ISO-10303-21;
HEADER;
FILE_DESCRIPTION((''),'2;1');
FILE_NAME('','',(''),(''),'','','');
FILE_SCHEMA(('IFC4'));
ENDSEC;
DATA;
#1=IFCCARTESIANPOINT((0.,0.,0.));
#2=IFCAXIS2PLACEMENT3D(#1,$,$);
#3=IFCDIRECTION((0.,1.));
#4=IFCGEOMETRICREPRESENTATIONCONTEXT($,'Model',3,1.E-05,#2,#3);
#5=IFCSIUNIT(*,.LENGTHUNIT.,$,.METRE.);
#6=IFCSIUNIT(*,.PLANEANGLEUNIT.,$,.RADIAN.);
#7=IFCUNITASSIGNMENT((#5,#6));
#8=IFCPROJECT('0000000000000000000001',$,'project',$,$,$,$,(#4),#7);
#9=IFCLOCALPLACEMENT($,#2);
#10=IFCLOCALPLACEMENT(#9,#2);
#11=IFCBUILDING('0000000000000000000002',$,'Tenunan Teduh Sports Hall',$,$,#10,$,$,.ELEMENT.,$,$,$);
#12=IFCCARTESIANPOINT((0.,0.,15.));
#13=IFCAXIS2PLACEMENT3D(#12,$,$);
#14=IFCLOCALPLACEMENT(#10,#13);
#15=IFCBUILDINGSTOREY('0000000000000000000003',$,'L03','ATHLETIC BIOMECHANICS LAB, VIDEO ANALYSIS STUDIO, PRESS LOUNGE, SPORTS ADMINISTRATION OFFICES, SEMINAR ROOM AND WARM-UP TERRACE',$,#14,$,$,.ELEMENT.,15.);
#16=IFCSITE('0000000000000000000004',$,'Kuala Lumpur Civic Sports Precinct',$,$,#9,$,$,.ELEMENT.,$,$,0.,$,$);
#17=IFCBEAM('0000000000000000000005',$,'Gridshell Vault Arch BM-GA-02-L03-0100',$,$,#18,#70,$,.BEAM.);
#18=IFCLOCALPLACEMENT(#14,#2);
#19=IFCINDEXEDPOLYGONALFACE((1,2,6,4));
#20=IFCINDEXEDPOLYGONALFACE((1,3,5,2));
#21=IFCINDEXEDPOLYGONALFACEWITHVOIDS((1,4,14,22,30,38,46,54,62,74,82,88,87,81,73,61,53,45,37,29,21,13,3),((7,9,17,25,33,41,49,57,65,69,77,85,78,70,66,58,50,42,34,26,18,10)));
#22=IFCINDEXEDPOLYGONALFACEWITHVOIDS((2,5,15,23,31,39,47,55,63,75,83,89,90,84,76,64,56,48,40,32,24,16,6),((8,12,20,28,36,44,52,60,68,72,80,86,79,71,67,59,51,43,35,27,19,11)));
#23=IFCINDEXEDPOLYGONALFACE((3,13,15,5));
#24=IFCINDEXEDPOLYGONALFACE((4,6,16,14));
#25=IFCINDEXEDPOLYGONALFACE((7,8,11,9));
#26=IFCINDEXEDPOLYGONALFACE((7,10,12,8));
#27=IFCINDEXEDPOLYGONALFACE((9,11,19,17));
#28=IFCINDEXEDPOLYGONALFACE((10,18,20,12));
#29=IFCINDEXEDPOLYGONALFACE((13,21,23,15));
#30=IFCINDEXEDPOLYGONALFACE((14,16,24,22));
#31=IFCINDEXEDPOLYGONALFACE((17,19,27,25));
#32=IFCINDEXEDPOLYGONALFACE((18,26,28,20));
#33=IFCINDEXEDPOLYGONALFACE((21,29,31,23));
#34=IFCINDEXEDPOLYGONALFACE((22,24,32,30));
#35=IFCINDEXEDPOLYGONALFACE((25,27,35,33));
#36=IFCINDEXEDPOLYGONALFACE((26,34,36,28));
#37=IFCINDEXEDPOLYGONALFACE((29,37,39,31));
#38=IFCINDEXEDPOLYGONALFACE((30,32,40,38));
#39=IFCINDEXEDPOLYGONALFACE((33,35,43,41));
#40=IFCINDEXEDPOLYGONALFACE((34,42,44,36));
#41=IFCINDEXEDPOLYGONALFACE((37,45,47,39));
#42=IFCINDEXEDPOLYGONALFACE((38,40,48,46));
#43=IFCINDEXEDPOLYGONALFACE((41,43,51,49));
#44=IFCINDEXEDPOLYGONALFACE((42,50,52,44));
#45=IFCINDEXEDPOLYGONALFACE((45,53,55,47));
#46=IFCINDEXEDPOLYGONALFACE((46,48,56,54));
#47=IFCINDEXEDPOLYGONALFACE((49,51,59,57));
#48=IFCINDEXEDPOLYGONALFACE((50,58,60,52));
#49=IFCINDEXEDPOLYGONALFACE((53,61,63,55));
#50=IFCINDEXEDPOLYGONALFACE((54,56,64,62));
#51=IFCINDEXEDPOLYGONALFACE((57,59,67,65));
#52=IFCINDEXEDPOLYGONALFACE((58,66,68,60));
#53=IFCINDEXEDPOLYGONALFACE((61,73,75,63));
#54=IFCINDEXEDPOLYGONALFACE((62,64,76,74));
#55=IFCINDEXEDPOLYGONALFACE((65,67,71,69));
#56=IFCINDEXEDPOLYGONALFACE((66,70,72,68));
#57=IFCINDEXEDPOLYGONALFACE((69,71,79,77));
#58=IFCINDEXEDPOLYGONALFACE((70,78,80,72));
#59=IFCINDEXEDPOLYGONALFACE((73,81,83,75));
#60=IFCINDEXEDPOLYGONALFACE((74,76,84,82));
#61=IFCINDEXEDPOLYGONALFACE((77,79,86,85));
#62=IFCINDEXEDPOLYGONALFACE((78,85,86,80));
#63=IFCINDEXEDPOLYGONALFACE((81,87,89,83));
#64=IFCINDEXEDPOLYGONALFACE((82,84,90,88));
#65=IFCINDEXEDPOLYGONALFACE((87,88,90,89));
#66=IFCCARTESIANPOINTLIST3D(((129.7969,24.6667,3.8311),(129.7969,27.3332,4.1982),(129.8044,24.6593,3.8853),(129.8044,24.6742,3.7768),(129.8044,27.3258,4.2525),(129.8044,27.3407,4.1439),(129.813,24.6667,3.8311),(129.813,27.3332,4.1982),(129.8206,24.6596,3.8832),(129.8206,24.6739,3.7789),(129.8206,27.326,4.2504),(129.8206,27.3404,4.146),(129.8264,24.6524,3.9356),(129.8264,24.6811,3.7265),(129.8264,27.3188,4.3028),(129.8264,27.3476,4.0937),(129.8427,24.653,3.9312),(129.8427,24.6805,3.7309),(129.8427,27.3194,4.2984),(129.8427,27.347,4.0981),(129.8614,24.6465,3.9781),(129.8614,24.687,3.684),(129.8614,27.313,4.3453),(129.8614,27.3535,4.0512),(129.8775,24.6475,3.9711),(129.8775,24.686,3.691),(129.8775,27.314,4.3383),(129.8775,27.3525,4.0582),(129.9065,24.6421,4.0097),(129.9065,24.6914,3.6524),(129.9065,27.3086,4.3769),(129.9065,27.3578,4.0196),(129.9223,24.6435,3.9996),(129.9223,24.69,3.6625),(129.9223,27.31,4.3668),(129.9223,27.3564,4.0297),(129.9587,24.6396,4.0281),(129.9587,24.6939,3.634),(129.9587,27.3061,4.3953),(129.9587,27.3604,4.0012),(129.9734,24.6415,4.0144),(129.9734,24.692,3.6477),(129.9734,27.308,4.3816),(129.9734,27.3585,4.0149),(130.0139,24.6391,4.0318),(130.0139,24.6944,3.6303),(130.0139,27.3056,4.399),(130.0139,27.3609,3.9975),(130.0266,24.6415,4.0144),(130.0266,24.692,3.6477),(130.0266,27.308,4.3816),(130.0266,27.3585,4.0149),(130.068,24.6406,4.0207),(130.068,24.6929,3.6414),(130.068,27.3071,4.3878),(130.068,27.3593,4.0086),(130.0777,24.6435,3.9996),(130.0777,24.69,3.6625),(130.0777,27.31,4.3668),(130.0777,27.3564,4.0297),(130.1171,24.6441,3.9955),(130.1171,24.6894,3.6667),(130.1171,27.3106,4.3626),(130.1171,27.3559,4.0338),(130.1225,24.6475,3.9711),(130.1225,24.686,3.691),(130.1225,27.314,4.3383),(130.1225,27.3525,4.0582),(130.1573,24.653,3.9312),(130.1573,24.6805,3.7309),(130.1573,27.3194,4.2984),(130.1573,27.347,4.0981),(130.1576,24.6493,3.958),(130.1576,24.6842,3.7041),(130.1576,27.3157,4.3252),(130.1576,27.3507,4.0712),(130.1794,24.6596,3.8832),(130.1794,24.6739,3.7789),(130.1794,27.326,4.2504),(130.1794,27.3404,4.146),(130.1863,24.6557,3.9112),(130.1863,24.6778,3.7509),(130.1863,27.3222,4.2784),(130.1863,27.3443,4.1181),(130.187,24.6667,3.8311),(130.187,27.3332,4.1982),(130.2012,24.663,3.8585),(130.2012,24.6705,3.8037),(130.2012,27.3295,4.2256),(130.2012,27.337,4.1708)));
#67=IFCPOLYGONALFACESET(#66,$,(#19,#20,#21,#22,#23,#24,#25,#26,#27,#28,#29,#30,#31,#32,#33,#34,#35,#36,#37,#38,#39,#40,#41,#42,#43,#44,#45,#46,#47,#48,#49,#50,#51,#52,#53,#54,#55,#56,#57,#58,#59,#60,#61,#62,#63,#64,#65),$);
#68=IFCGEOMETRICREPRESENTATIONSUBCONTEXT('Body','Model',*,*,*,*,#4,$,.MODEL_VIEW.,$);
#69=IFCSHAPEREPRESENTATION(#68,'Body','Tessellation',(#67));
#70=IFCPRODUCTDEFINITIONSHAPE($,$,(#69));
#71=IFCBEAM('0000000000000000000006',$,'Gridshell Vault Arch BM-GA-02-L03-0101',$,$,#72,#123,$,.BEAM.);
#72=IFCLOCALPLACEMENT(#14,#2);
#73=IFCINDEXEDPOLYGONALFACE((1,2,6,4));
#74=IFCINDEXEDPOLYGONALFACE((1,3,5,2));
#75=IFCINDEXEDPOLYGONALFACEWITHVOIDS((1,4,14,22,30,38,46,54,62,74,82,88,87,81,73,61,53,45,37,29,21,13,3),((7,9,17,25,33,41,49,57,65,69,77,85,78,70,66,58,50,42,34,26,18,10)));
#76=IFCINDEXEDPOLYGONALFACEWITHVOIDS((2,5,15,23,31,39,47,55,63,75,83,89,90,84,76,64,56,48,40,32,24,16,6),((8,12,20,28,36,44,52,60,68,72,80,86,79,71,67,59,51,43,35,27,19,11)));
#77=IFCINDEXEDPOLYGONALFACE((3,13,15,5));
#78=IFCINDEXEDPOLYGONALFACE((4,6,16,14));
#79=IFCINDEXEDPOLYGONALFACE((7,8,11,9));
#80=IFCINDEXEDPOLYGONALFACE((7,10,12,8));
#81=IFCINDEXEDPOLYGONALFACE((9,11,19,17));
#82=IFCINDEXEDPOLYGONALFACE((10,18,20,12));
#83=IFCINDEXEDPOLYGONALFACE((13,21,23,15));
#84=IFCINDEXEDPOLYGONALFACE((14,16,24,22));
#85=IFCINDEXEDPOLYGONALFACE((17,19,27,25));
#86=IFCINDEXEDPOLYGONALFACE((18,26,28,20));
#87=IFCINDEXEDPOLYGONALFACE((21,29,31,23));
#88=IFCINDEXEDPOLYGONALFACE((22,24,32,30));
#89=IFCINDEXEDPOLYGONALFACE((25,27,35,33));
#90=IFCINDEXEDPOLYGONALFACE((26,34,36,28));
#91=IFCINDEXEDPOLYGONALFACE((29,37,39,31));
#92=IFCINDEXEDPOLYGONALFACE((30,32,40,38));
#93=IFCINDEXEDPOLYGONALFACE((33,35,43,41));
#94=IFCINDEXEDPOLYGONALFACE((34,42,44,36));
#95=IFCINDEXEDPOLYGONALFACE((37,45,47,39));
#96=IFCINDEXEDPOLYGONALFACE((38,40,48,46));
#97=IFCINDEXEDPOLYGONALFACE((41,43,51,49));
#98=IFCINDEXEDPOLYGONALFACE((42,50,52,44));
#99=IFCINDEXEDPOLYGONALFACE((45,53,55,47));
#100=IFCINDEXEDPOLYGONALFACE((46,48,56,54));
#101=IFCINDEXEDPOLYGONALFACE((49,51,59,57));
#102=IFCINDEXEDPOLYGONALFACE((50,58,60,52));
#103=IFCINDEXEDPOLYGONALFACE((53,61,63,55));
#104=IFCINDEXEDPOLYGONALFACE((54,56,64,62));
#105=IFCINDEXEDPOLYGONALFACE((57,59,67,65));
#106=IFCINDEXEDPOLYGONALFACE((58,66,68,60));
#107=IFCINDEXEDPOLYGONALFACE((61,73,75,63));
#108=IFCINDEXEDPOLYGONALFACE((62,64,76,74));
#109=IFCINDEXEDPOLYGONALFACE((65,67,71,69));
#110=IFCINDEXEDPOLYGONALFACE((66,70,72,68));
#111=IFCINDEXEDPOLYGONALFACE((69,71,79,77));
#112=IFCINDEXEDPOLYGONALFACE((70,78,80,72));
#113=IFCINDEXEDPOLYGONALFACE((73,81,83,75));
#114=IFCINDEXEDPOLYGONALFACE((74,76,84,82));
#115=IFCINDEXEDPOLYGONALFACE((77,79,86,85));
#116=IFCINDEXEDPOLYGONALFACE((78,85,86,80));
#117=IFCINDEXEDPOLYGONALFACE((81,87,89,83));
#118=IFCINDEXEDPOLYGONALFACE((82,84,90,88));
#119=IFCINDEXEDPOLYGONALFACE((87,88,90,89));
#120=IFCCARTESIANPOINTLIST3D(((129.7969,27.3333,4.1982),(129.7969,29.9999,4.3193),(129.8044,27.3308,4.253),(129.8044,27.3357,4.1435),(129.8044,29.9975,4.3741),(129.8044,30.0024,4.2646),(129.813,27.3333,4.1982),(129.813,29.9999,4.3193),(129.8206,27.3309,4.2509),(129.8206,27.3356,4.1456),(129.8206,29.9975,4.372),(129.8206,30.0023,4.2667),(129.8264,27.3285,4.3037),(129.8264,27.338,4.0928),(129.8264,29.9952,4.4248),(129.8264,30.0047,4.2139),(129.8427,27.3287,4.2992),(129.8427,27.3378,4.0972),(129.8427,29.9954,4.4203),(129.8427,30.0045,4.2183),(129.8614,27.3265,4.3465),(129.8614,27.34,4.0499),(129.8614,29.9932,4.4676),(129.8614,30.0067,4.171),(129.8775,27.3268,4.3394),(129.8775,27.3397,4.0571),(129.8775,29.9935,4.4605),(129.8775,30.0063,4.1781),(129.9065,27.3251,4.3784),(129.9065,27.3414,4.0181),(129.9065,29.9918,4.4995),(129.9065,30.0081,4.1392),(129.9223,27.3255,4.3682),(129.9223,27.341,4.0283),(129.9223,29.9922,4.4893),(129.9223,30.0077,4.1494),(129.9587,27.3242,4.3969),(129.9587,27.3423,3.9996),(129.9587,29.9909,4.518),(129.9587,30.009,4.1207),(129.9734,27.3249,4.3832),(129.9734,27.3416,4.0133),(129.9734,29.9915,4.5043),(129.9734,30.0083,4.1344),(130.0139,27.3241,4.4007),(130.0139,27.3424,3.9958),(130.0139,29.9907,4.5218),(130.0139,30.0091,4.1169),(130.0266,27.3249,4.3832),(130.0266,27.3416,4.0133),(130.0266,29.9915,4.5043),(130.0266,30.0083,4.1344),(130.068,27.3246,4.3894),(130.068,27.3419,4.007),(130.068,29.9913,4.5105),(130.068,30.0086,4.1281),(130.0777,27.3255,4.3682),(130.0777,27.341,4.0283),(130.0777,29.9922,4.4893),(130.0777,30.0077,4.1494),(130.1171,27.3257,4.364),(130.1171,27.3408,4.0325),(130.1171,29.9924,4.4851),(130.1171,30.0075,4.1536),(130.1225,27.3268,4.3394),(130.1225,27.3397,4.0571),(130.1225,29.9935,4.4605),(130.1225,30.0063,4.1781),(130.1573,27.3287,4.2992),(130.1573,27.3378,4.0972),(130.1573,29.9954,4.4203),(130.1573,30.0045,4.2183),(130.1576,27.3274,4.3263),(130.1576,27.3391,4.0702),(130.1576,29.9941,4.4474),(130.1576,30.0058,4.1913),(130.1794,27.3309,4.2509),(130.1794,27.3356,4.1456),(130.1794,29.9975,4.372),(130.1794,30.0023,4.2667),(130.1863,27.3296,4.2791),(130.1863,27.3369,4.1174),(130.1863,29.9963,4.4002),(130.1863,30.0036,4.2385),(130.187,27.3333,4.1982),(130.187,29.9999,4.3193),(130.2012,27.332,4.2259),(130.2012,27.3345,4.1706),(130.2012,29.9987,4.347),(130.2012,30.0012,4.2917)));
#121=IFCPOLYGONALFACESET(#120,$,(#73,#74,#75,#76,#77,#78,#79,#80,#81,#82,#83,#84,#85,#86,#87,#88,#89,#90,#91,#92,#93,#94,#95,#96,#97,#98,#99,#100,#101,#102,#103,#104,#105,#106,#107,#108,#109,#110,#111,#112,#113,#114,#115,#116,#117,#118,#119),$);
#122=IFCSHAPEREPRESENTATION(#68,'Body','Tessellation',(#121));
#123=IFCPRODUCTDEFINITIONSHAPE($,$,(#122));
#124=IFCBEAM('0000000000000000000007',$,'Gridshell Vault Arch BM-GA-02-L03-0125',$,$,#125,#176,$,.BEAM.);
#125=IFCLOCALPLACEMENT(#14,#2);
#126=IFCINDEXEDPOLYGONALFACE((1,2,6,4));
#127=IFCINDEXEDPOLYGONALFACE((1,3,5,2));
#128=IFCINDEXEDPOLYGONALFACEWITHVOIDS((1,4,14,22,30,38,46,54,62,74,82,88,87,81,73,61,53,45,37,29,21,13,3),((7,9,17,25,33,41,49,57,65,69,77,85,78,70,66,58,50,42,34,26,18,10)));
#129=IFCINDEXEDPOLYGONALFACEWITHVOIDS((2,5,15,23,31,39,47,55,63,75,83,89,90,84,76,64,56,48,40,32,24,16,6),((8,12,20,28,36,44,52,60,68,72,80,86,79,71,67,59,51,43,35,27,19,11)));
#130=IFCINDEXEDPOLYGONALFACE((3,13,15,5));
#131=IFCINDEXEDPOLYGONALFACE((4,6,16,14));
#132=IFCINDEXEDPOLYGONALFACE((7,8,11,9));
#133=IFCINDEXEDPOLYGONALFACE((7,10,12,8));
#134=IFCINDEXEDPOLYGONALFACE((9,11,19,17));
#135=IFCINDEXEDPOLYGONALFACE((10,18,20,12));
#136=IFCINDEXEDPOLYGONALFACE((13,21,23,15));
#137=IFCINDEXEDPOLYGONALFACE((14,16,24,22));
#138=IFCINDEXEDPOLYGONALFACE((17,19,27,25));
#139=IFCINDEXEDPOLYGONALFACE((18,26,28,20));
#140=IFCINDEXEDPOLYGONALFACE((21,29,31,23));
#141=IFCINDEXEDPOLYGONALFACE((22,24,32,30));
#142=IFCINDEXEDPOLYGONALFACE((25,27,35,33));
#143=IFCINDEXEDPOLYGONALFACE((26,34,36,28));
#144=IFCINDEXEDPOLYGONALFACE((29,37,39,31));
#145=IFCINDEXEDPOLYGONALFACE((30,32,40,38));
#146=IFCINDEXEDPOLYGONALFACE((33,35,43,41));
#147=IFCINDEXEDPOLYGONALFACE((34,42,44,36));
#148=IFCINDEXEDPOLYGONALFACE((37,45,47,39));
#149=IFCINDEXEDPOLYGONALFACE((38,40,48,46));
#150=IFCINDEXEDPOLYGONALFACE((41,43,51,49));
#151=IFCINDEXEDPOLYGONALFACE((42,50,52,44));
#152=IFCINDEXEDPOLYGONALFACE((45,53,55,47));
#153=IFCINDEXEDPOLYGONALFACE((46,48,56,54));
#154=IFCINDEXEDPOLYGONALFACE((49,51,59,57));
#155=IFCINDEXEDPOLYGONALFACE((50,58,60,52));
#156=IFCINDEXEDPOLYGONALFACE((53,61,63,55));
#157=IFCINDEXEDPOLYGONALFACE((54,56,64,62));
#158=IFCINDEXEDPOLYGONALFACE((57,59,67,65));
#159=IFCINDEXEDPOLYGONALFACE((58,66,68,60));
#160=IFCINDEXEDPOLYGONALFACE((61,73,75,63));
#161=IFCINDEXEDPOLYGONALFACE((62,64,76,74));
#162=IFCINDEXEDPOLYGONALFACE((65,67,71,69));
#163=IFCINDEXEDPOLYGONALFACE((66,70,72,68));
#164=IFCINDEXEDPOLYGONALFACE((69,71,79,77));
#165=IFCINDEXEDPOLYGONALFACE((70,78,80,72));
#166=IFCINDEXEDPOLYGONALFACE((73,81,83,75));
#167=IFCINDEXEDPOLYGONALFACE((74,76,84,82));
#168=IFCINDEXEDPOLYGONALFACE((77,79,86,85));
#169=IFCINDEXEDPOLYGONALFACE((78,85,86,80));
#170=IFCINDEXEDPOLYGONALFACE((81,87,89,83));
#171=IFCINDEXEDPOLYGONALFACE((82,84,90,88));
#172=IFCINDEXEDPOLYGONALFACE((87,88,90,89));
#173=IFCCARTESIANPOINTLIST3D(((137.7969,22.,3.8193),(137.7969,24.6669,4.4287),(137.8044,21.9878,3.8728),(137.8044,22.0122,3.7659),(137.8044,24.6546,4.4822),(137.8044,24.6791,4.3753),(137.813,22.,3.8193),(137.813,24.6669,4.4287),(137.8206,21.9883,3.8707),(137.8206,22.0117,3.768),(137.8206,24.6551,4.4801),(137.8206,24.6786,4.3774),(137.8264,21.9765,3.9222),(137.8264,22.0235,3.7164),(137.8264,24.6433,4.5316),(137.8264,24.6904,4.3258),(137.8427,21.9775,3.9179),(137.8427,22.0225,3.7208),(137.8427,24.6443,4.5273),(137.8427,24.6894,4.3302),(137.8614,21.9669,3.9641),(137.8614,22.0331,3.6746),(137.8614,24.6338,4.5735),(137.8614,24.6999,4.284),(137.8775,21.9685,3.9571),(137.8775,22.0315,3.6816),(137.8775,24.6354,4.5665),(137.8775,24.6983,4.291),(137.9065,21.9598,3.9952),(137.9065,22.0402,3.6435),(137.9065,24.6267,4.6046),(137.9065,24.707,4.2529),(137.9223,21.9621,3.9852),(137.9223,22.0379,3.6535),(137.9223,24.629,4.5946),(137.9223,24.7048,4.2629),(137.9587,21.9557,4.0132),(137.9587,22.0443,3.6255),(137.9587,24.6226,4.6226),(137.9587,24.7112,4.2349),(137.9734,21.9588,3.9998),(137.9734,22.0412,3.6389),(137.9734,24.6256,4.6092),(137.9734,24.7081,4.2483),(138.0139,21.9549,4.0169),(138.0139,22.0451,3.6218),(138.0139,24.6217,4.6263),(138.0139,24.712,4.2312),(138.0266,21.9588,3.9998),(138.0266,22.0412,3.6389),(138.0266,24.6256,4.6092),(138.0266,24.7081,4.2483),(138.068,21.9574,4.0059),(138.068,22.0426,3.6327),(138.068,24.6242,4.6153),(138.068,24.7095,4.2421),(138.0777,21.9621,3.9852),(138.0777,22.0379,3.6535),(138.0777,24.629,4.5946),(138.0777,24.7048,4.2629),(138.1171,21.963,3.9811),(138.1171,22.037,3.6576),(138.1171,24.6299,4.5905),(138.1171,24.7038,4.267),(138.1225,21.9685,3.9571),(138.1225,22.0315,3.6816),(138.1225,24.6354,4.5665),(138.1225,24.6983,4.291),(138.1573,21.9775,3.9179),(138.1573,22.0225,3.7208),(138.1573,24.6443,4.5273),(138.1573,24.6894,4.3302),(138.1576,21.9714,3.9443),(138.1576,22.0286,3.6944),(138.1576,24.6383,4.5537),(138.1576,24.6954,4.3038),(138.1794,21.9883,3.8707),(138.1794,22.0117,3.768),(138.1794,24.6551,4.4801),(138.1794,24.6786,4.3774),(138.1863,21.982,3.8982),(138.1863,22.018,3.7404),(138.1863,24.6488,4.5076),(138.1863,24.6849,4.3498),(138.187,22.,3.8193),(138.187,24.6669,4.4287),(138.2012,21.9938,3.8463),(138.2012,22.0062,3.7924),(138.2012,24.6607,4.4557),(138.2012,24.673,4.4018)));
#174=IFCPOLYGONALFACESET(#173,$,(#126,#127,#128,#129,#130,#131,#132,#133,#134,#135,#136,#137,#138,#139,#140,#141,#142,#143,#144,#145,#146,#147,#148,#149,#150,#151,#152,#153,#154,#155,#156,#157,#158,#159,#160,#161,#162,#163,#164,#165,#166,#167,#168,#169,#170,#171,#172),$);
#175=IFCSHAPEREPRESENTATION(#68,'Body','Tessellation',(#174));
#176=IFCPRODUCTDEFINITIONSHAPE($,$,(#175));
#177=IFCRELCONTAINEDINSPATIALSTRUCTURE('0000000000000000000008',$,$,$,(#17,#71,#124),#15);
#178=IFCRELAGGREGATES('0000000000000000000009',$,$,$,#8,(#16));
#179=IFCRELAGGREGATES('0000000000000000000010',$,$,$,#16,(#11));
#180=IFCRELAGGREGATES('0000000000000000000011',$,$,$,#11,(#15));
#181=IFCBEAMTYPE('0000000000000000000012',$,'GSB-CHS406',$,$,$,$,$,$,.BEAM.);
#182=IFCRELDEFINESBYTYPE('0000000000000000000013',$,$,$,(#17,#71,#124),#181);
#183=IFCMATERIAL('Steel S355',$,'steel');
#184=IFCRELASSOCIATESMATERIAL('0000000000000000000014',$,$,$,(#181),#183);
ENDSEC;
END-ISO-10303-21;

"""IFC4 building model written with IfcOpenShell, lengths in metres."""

from ifc_helpers import new_model, si_unit, direction, frame, origin, origin_2d, place, context, subcontext, project, spatial, hollow_circle, extrude, material, material_profile, profile_set, type_object, element, save


model = new_model("IFC4")

# Units and contexts
model_context = context("Model", 3, precision=1e-05, world=origin(), true_north=direction((0.0, 1.0)))
body_context = subcontext(model_context, "Body", "Model", "MODEL_VIEW")
ifc_project = project(units=[si_unit("LENGTHUNIT", "METRE"), si_unit("PLANEANGLEUNIT", "RADIAN")], contexts=[model_context])

# Site, building, storey
site_placement = place(None, origin())
site = spatial("IfcSite", under=ifc_project, at=site_placement, Name="Kuala Lumpur Civic Sports Precinct", CompositionType="ELEMENT", RefElevation=0.0)
building_placement = place(site_placement, origin())
building = spatial("IfcBuilding", under=site, at=building_placement, Name="Tenunan Teduh Sports Hall", CompositionType="ELEMENT")
storey_placement = place(building_placement, frame((0.0, 0.0, 15.0)))
storey = spatial("IfcBuildingStorey", under=building, at=storey_placement, Name="L03", Description="ATHLETIC BIOMECHANICS LAB, VIDEO ANALYSIS STUDIO, PRESS LOUNGE, SPORTS ADMINISTRATION OFFICES, SEMINAR ROOM AND WARM-UP TERRACE", CompositionType="ELEMENT", Elevation=15.0)

# Beams
ifc_material_1 = material(Name="Steel S355", Category="steel")
ifc_material_profile_1 = material_profile(ifc_material_1, hollow_circle(Radius=0.2031, WallThickness=0.0161, at=origin_2d()), Name="CHS 406.4x16.0")
ifc_profile_set_1 = profile_set([ifc_material_profile_1], Name="Steel S355")
beam_type_1 = type_object("IfcBeamType", Name="GSB-CHS406", PredefinedType="BEAM", material=ifc_profile_set_1)
beam_1_placement = place(storey_placement, frame((130.0, 24.6667, 3.8311), z_axis=(0.0, 0.990652, 0.136416), x_axis=(-1.0, 0.0, 0.0)))
element("IfcBeam", 1, at=beam_1_placement, inside=storey, type_object=beam_type_1, Name="Gridshell Vault Arch BM-GA-02-L03-0100", PredefinedType="BEAM", context=body_context, shape_type="SweptSolid", body=[
    extrude(hollow_circle(Radius=0.2031, WallThickness=0.0161, at=origin_2d()), origin(), (0.0, 0.0, 1.0), 2.6917),
])
beam_2_placement = place(storey_placement, frame((130.0, 27.3333, 4.1982), z_axis=(0.0, 0.998971, 0.045362), x_axis=(-1.0, 0.0, 0.0)))
element("IfcBeam", 2, at=beam_2_placement, inside=storey, type_object=beam_type_1, Name="Gridshell Vault Arch BM-GA-02-L03-0101", PredefinedType="BEAM", context=body_context, shape_type="SweptSolid", body=[
    extrude(hollow_circle(Radius=0.2031, WallThickness=0.0161, at=origin_2d()), origin(), (0.0, 0.0, 1.0), 2.6694),
])
beam_3_placement = place(storey_placement, frame((138.0, 22.0, 3.8193), z_axis=(0.0, 0.974872, 0.222767), x_axis=(-1.0, 0.0, 0.0)))
element("IfcBeam", 3, at=beam_3_placement, inside=storey, type_object=beam_type_1, Name="Gridshell Vault Arch BM-GA-02-L03-0125", PredefinedType="BEAM", context=body_context, shape_type="SweptSolid", body=[
    extrude(hollow_circle(Radius=0.2031, WallThickness=0.0161, at=origin_2d()), origin(), (0.0, 0.0, 1.0), 2.7356),
])

save(model, "model.ifc")
